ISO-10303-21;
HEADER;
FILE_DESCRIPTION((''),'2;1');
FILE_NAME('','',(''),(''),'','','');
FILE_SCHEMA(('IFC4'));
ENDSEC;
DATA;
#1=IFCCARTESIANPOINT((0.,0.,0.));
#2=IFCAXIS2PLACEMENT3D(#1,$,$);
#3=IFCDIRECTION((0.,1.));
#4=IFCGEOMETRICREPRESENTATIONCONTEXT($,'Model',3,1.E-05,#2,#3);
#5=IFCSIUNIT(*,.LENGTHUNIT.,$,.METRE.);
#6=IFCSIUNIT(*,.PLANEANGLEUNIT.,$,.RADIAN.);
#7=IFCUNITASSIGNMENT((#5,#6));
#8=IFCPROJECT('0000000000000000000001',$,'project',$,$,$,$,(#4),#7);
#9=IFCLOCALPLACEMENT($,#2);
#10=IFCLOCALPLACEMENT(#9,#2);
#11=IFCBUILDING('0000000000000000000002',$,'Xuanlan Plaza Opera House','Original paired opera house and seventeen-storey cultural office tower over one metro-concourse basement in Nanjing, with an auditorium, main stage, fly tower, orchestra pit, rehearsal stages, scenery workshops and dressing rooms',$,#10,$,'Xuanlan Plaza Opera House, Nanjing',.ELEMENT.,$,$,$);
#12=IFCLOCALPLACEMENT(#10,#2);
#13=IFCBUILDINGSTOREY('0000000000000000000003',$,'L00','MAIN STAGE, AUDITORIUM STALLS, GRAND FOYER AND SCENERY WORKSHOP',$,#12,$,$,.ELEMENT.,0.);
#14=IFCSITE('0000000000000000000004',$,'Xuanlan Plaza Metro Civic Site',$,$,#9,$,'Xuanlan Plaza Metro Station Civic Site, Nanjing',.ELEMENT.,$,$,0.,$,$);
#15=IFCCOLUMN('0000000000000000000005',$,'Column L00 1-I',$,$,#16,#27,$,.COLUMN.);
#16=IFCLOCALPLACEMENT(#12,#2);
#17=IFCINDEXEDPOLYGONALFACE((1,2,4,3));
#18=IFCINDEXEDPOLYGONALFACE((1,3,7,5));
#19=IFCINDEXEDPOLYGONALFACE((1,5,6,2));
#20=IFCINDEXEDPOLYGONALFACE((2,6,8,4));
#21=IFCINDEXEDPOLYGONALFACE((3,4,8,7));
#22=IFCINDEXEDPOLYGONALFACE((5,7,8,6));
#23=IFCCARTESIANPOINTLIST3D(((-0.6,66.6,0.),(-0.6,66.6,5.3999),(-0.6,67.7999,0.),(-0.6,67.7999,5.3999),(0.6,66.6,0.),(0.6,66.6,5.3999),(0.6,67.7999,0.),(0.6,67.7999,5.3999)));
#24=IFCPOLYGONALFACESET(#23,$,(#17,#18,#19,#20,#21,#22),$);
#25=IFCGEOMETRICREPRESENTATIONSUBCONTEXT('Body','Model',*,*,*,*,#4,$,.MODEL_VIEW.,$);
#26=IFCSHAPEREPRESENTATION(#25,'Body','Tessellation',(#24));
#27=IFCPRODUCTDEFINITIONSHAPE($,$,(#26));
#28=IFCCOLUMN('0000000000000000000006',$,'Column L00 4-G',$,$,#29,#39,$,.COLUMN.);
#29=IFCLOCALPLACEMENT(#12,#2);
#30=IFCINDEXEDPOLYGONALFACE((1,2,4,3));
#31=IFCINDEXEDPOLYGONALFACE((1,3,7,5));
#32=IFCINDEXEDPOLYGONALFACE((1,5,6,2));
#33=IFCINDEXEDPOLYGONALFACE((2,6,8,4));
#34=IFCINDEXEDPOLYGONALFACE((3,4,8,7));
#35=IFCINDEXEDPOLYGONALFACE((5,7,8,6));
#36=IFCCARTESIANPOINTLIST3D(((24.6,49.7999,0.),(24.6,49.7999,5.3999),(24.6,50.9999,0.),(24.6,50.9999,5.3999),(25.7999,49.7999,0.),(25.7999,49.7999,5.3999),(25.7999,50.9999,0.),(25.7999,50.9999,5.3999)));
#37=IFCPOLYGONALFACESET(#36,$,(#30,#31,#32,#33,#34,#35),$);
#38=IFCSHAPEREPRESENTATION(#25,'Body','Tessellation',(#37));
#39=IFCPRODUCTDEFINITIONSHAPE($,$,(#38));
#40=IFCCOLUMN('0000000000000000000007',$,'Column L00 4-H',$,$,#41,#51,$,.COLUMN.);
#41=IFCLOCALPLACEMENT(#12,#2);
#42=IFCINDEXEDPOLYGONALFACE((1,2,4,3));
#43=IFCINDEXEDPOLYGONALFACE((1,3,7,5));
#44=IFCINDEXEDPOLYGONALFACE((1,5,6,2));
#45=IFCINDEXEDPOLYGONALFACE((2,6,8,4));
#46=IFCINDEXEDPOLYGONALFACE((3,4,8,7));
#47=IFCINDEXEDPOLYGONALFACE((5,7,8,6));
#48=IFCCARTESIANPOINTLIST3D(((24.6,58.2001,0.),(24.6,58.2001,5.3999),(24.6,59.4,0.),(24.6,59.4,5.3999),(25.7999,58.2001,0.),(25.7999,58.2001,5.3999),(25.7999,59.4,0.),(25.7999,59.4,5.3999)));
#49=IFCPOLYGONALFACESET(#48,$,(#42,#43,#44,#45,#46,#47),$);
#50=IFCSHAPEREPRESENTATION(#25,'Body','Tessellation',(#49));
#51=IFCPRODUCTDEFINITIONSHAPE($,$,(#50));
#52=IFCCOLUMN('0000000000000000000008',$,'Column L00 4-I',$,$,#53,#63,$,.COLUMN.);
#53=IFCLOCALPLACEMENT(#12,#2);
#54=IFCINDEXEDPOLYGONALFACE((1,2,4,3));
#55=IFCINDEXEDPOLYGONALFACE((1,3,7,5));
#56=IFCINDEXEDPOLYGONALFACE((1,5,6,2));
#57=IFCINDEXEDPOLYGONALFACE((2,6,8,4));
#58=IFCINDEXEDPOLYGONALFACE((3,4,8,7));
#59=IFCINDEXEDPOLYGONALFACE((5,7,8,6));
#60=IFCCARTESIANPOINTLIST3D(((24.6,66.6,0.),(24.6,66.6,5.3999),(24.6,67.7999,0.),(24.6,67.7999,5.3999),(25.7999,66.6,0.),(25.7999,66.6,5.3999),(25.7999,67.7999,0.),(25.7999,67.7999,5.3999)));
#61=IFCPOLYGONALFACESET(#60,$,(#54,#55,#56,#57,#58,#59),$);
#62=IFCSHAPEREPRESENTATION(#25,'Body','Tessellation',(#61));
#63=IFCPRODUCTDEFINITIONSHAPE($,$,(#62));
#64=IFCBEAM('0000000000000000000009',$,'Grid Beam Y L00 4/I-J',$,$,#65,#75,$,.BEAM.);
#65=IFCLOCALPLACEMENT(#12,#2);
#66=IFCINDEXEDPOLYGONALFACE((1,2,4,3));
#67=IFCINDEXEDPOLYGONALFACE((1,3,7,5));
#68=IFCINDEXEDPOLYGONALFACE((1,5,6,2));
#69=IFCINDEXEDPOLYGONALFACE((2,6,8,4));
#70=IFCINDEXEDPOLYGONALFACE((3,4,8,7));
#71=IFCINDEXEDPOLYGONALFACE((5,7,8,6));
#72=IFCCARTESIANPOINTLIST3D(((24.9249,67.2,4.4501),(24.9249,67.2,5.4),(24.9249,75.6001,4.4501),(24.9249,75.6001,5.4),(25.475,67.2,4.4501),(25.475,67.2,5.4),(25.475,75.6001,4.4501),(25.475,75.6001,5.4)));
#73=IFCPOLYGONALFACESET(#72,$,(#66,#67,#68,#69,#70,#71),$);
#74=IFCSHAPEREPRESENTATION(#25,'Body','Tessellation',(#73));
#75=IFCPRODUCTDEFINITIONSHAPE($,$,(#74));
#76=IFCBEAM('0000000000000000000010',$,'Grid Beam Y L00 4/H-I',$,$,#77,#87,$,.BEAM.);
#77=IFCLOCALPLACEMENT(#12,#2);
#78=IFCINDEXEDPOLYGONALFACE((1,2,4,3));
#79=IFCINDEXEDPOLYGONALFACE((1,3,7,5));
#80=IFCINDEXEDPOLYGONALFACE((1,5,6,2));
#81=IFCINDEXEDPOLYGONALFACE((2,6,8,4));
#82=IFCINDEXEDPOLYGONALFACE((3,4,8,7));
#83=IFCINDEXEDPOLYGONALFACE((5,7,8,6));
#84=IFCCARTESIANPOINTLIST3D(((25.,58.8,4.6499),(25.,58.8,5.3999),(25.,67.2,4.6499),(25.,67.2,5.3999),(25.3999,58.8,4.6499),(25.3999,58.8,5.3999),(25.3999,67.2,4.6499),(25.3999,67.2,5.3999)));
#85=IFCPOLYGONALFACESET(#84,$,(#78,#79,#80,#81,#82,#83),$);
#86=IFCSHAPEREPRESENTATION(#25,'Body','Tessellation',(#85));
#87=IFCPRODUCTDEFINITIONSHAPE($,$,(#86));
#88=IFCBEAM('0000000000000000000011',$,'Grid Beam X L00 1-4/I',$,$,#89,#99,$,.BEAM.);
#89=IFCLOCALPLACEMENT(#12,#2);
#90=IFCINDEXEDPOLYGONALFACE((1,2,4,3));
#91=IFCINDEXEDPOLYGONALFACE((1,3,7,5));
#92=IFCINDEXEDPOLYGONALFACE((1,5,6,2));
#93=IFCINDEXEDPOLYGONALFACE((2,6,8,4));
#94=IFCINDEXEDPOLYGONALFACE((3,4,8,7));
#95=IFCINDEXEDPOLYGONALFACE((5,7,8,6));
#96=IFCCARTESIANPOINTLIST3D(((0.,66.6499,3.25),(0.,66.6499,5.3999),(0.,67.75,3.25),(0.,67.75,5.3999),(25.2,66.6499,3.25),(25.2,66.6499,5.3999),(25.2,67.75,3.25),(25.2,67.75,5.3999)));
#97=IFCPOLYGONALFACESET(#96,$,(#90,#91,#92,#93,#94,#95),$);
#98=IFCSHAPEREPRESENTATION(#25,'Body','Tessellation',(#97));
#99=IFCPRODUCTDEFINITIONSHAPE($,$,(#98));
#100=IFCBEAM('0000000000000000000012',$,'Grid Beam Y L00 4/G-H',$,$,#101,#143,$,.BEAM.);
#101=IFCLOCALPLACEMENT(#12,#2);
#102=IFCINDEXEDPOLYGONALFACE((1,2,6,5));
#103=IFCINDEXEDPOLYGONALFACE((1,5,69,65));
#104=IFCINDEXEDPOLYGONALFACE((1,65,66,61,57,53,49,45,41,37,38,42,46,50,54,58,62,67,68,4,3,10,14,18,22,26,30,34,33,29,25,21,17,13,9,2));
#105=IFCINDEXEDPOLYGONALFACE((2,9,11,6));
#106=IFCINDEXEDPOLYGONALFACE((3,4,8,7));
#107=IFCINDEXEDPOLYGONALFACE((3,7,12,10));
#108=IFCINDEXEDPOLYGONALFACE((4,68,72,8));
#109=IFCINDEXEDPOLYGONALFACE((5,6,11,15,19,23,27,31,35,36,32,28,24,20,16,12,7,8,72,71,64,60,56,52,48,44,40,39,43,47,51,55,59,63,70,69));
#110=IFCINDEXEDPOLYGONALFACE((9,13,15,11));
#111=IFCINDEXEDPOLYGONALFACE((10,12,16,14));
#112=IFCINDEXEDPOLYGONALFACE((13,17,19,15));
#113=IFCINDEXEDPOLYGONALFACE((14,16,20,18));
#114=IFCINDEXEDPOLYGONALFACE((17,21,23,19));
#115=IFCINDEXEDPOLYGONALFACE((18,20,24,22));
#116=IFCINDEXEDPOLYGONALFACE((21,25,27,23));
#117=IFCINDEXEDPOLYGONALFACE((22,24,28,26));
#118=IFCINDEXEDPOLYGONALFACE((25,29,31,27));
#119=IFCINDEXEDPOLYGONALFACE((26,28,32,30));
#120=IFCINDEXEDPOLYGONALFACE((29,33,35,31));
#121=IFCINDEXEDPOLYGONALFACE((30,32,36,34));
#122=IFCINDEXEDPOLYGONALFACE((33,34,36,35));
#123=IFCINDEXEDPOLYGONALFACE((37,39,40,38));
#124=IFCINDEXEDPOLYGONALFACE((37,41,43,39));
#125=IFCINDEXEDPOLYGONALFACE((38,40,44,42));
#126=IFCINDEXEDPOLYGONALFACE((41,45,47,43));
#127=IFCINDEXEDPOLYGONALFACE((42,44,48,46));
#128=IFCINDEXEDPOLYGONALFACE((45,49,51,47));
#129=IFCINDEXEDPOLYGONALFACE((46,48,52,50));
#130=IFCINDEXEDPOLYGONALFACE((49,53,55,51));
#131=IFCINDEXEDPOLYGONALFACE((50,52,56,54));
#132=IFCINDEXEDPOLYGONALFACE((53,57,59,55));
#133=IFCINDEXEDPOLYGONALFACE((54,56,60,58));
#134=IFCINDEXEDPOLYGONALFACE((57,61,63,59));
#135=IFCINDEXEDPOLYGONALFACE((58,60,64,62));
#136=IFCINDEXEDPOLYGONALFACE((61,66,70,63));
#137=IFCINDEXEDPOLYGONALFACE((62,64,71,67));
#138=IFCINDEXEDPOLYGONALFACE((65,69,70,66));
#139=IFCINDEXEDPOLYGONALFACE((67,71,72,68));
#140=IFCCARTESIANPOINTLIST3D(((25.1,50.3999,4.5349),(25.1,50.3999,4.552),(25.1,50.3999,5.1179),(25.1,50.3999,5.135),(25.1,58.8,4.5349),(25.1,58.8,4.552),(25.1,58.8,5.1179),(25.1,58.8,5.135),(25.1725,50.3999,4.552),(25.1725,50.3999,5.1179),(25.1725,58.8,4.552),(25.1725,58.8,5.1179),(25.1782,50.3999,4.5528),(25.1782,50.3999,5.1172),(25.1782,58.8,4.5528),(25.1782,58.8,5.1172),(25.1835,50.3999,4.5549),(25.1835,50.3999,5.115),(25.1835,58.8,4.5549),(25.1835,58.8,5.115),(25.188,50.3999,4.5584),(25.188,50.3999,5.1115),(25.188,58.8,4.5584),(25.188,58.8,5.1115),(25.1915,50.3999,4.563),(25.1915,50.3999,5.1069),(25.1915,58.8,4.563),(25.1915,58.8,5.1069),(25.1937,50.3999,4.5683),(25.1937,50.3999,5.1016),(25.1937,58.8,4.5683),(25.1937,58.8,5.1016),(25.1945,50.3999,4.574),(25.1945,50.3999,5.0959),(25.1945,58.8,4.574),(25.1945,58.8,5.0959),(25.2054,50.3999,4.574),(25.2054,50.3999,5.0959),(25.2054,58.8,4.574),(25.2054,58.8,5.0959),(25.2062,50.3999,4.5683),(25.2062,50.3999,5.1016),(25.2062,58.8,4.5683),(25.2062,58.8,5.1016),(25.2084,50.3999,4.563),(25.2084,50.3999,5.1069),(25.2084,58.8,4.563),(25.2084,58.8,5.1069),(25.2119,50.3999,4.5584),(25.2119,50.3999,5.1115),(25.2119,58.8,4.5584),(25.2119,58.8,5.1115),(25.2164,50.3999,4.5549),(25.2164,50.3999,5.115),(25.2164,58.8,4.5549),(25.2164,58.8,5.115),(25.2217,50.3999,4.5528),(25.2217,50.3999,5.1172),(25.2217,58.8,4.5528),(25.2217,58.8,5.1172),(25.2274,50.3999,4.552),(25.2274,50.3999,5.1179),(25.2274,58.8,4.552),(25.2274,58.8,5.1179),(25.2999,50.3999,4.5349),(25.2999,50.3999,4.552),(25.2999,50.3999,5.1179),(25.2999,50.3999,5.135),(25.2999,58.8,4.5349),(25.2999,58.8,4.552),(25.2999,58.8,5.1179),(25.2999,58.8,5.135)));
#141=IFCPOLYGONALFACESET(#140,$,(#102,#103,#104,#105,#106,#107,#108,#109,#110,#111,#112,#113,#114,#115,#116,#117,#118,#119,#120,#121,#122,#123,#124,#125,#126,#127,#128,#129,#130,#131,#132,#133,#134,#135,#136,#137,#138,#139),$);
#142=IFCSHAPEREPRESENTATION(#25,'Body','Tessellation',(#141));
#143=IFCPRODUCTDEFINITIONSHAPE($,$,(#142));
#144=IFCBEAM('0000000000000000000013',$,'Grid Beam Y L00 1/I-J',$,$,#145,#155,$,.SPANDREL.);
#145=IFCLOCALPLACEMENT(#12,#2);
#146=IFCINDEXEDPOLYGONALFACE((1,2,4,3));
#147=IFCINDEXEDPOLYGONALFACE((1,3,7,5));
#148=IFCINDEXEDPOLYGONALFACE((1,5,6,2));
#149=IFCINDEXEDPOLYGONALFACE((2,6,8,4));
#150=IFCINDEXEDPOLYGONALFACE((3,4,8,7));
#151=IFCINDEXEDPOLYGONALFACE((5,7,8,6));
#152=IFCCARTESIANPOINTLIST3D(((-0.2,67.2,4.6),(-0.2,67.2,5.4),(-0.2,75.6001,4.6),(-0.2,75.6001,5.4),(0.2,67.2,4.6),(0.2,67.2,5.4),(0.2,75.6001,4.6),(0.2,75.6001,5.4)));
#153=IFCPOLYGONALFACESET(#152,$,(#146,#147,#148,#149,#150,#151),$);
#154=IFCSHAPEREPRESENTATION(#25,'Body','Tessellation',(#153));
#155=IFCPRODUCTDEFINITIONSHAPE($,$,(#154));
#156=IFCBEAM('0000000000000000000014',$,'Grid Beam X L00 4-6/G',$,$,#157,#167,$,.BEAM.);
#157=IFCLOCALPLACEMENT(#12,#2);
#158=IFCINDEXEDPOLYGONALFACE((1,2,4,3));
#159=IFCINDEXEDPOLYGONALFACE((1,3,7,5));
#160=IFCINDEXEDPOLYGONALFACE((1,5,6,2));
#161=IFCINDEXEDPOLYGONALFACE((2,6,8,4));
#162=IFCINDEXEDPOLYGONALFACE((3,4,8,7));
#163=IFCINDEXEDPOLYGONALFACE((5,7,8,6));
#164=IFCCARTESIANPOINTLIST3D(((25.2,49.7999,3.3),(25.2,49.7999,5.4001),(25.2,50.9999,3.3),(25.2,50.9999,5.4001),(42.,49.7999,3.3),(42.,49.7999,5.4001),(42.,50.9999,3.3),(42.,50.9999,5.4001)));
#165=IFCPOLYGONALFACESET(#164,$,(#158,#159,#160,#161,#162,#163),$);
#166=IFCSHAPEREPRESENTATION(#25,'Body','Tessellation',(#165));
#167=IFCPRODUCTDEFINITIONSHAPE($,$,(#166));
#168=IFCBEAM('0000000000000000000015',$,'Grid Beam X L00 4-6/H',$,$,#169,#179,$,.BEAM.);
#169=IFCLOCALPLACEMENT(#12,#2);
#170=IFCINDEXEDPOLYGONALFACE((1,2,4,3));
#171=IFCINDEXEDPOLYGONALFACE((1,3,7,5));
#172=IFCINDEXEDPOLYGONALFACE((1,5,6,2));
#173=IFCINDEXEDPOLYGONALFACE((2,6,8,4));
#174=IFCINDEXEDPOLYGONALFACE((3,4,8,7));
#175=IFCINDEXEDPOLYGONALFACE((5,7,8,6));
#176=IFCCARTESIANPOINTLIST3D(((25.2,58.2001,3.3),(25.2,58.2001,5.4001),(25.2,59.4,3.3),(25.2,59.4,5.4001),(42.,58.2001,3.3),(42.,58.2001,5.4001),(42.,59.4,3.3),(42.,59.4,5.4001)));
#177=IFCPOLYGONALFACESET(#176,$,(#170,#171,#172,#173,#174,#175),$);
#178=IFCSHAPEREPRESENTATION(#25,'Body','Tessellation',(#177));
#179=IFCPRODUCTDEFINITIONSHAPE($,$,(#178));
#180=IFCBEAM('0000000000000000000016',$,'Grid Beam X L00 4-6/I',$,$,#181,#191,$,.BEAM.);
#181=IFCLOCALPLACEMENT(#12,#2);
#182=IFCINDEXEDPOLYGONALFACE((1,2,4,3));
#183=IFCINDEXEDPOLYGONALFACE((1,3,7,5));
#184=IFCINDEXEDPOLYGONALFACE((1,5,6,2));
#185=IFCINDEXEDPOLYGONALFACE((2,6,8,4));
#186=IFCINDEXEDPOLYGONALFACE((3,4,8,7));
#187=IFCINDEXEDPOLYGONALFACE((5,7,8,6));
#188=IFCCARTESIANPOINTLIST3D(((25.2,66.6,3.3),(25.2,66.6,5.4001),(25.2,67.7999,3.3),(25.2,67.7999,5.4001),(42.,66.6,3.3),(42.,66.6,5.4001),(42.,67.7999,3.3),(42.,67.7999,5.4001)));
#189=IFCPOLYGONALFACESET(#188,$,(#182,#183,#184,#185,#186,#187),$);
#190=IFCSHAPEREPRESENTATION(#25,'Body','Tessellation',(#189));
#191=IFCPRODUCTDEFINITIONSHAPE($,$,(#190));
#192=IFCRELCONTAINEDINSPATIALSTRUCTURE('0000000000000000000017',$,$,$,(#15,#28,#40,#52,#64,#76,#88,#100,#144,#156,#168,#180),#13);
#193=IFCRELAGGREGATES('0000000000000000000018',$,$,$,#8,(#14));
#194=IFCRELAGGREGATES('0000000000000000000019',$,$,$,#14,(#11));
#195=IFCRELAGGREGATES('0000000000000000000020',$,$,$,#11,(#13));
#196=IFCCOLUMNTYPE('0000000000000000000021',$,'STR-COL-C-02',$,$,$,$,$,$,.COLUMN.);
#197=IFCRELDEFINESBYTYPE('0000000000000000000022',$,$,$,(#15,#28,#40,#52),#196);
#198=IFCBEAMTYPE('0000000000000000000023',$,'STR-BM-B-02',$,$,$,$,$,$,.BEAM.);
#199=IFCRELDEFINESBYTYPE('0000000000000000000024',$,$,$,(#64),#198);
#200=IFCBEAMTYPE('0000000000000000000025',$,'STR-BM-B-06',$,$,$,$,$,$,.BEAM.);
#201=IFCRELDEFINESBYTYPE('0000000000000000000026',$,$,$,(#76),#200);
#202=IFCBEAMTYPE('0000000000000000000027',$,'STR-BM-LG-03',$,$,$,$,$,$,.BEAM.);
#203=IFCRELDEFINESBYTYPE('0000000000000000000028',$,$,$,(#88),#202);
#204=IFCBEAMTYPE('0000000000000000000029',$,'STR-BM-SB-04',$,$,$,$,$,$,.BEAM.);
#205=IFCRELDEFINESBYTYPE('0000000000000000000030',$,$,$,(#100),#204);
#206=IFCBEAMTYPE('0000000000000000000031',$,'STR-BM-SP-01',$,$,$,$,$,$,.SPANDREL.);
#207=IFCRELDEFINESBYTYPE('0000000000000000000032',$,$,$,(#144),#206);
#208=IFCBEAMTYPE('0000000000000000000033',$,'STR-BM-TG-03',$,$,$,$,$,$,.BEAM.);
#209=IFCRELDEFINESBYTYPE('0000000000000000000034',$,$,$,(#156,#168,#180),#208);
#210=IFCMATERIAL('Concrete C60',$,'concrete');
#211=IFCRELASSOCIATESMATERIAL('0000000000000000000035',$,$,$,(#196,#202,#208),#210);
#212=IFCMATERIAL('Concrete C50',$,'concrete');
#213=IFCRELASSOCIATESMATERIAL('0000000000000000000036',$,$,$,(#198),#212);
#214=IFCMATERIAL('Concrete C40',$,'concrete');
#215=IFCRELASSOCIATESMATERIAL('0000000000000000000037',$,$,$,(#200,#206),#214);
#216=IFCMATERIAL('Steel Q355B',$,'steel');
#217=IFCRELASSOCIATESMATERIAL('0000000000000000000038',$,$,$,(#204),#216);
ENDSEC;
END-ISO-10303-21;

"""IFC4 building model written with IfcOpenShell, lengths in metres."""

from ifc_helpers import new_model, si_unit, direction, frame, origin, origin_2d, place, context, subcontext, project, spatial, rectangle, i_section, extrude, material, material_profile, profile_set, type_object, element, save


model = new_model("IFC4")

# Units and contexts
model_context = context("Model", 3, precision=1e-05, world=origin(), true_north=direction((0.0, 1.0)))
body_context = subcontext(model_context, "Body", "Model", "MODEL_VIEW")
ifc_project = project(units=[si_unit("LENGTHUNIT", "METRE"), si_unit("PLANEANGLEUNIT", "RADIAN")], contexts=[model_context])

# Site, building, storey
site_placement = place(None, origin())
site = spatial("IfcSite", under=ifc_project, at=site_placement, Name="Xuanlan Plaza Metro Civic Site", LongName="Xuanlan Plaza Metro Station Civic Site, Nanjing", CompositionType="ELEMENT", RefElevation=0.0)
building_placement = place(site_placement, origin())
building = spatial("IfcBuilding", under=site, at=building_placement, Name="Xuanlan Plaza Opera House", Description="Original paired opera house and seventeen-storey cultural office tower over one metro-concourse basement in Nanjing, with an auditorium, main stage, fly tower, orchestra pit, rehearsal stages, scenery workshops and dressing rooms", LongName="Xuanlan Plaza Opera House, Nanjing", CompositionType="ELEMENT")
storey_placement = place(building_placement, origin())
storey = spatial("IfcBuildingStorey", under=building, at=storey_placement, Name="L00", Description="MAIN STAGE, AUDITORIUM STALLS, GRAND FOYER AND SCENERY WORKSHOP", CompositionType="ELEMENT", Elevation=0.0)

# Columns
ifc_material_1 = material(Name="Concrete C60", Category="concrete")
ifc_material_profile_1 = material_profile(ifc_material_1, rectangle(XDim=1.2, YDim=1.2, at=origin_2d()), Name="RC-COL 1200x1200")
ifc_profile_set_1 = profile_set([ifc_material_profile_1], Name="Concrete C60")
column_type = type_object("IfcColumnType", Name="STR-COL-C-02", PredefinedType="COLUMN", material=ifc_profile_set_1)
for number, where, z_axis, x_axis, name in (
    (1, (0.0, 67.2, 0.0), (0.0, 0.0, 1.0), (1.0, 0.0, 0.0), "Column L00 1-I"),
    (2, (25.2, 50.3999, 0.0), (0.0, 0.0, 1.0), (1.0, 0.0, 0.0), "Column L00 4-G"),
    (3, (25.2, 58.8, 0.0), (0.0, 0.0, 1.0), (1.0, 0.0, 0.0), "Column L00 4-H"),
    (4, (25.2, 67.2, 0.0), (0.0, 0.0, 1.0), (1.0, 0.0, 0.0), "Column L00 4-I"),
):
    element("IfcColumn", number, at=place(storey_placement, frame(where, z_axis=z_axis, x_axis=x_axis)), inside=storey, type_object=column_type, Name=name, PredefinedType="COLUMN", context=body_context, shape_type="SweptSolid", body=[
        extrude(rectangle(XDim=1.2, YDim=1.2, at=origin_2d()), origin(), (0.0, 0.0, 1.0), 5.3999),
    ])

# Beams
ifc_material_2 = material(Name="Concrete C50", Category="concrete")
ifc_material_profile_2 = material_profile(ifc_material_2, rectangle(XDim=0.55, YDim=0.95, at=origin_2d()), Name="RC-BM 550x950")
ifc_profile_set_2 = profile_set([ifc_material_profile_2], Name="Concrete C50")
beam_type_1 = type_object("IfcBeamType", Name="STR-BM-B-02", PredefinedType="BEAM", material=ifc_profile_set_2)
beam_1_placement = place(storey_placement, frame((25.2, 67.2, 4.925), z_axis=(0.0, 1.0, 0.0), x_axis=(-1.0, 0.0, 0.0)))
element("IfcBeam", 5, at=beam_1_placement, inside=storey, type_object=beam_type_1, Name="Grid Beam Y L00 4/I-J", PredefinedType="BEAM", context=body_context, shape_type="SweptSolid", body=[
    extrude(rectangle(XDim=0.55, YDim=0.95, at=origin_2d()), origin(), (0.0, 0.0, 1.0), 8.4001),
])
ifc_material_3 = material(Name="Concrete C40", Category="concrete")
ifc_material_profile_3 = material_profile(ifc_material_3, rectangle(XDim=0.3999, YDim=0.75, at=origin_2d()), Name="RC-BM 400x750")
ifc_profile_set_3 = profile_set([ifc_material_profile_3], Name="Concrete C40")
beam_type_2 = type_object("IfcBeamType", Name="STR-BM-B-06", PredefinedType="BEAM", material=ifc_profile_set_3)
beam_2_placement = place(storey_placement, frame((25.2, 58.8, 5.0249), z_axis=(0.0, 1.0, 0.0), x_axis=(-1.0, 0.0, 0.0)))
element("IfcBeam", 6, at=beam_2_placement, inside=storey, type_object=beam_type_2, Name="Grid Beam Y L00 4/H-I", PredefinedType="BEAM", context=body_context, shape_type="SweptSolid", body=[
    extrude(rectangle(XDim=0.3999, YDim=0.75, at=origin_2d()), origin(), (0.0, 0.0, 1.0), 8.3999),
])
ifc_material_profile_4 = material_profile(ifc_material_1, rectangle(XDim=1.1001, YDim=2.1499, at=origin_2d()), Name="RC-TG 1100x2150")
ifc_profile_set_4 = profile_set([ifc_material_profile_4], Name="Concrete C60")
beam_type_3 = type_object("IfcBeamType", Name="STR-BM-LG-03", PredefinedType="BEAM", material=ifc_profile_set_4)
beam_3_placement = place(storey_placement, frame((0.0, 67.2, 4.325), z_axis=(1.0, 0.0, 0.0), x_axis=(0.0, 1.0, 0.0)))
element("IfcBeam", 7, at=beam_3_placement, inside=storey, type_object=beam_type_3, Name="Grid Beam X L00 1-4/I", PredefinedType="BEAM", context=body_context, shape_type="SweptSolid", body=[
    extrude(rectangle(XDim=1.1001, YDim=2.1499, at=origin_2d()), origin(), (0.0, 0.0, 1.0), 25.2),
])
ifc_material_4 = material(Name="Steel Q355B", Category="steel")
ifc_material_profile_5 = material_profile(ifc_material_4, i_section(OverallWidth=0.2, OverallDepth=0.6001, WebThickness=0.011, FlangeThickness=0.0171, FilletRadius=0.022, at=origin_2d()), Name="HN 600x200x11x17")
ifc_profile_set_5 = profile_set([ifc_material_profile_5], Name="Steel Q355B")
beam_type_4 = type_object("IfcBeamType", Name="STR-BM-SB-04", PredefinedType="BEAM", material=ifc_profile_set_5)
beam_4_placement = place(storey_placement, frame((25.2, 50.3999, 4.835), z_axis=(0.0, 1.0, 0.0), x_axis=(-1.0, 0.0, 0.0)))
element("IfcBeam", 8, at=beam_4_placement, inside=storey, type_object=beam_type_4, Name="Grid Beam Y L00 4/G-H", PredefinedType="BEAM", context=body_context, shape_type="SweptSolid", body=[
    extrude(i_section(OverallWidth=0.2, OverallDepth=0.6001, WebThickness=0.011, FlangeThickness=0.0171, FilletRadius=0.022, at=origin_2d()), origin(), (0.0, 0.0, 1.0), 8.4001),
])
ifc_material_profile_6 = material_profile(ifc_material_3, rectangle(XDim=0.3999, YDim=0.8, at=origin_2d()), Name="RC-SPD 400x800")
ifc_profile_set_6 = profile_set([ifc_material_profile_6], Name="Concrete C40")
beam_type_5 = type_object("IfcBeamType", Name="STR-BM-SP-01", PredefinedType="SPANDREL", material=ifc_profile_set_6)
beam_5_placement = place(storey_placement, frame((0.0, 67.2, 5.0), z_axis=(0.0, 1.0, 0.0), x_axis=(-1.0, 0.0, 0.0)))
element("IfcBeam", 9, at=beam_5_placement, inside=storey, type_object=beam_type_5, Name="Grid Beam Y L00 1/I-J", PredefinedType="SPANDREL", context=body_context, shape_type="SweptSolid", body=[
    extrude(rectangle(XDim=0.3999, YDim=0.8, at=origin_2d()), origin(), (0.0, 0.0, 1.0), 8.4001),
])
ifc_material_profile_7 = material_profile(ifc_material_1, rectangle(XDim=1.2, YDim=2.1001, at=origin_2d()), Name="RC-TG 1200x2100")
ifc_profile_set_7 = profile_set([ifc_material_profile_7], Name="Concrete C60")
beam_type_6 = type_object("IfcBeamType", Name="STR-BM-TG-03", PredefinedType="BEAM", material=ifc_profile_set_7)
for number, where, z_axis, x_axis, name in (
    (10, (25.2, 50.3999, 4.3501), (1.0, 0.0, 0.0), (0.0, 1.0, 0.0), "Grid Beam X L00 4-6/G"),
    (11, (25.2, 58.8, 4.3501), (1.0, 0.0, 0.0), (0.0, 1.0, 0.0), "Grid Beam X L00 4-6/H"),
    (12, (25.2, 67.2, 4.3501), (1.0, 0.0, 0.0), (0.0, 1.0, 0.0), "Grid Beam X L00 4-6/I"),
):
    element("IfcBeam", number, at=place(storey_placement, frame(where, z_axis=z_axis, x_axis=x_axis)), inside=storey, type_object=beam_type_6, Name=name, PredefinedType="BEAM", context=body_context, shape_type="SweptSolid", body=[
        extrude(rectangle(XDim=1.2, YDim=2.1001, at=origin_2d()), origin(), (0.0, 0.0, 1.0), 16.8),
    ])

save(model, "model.ifc")
